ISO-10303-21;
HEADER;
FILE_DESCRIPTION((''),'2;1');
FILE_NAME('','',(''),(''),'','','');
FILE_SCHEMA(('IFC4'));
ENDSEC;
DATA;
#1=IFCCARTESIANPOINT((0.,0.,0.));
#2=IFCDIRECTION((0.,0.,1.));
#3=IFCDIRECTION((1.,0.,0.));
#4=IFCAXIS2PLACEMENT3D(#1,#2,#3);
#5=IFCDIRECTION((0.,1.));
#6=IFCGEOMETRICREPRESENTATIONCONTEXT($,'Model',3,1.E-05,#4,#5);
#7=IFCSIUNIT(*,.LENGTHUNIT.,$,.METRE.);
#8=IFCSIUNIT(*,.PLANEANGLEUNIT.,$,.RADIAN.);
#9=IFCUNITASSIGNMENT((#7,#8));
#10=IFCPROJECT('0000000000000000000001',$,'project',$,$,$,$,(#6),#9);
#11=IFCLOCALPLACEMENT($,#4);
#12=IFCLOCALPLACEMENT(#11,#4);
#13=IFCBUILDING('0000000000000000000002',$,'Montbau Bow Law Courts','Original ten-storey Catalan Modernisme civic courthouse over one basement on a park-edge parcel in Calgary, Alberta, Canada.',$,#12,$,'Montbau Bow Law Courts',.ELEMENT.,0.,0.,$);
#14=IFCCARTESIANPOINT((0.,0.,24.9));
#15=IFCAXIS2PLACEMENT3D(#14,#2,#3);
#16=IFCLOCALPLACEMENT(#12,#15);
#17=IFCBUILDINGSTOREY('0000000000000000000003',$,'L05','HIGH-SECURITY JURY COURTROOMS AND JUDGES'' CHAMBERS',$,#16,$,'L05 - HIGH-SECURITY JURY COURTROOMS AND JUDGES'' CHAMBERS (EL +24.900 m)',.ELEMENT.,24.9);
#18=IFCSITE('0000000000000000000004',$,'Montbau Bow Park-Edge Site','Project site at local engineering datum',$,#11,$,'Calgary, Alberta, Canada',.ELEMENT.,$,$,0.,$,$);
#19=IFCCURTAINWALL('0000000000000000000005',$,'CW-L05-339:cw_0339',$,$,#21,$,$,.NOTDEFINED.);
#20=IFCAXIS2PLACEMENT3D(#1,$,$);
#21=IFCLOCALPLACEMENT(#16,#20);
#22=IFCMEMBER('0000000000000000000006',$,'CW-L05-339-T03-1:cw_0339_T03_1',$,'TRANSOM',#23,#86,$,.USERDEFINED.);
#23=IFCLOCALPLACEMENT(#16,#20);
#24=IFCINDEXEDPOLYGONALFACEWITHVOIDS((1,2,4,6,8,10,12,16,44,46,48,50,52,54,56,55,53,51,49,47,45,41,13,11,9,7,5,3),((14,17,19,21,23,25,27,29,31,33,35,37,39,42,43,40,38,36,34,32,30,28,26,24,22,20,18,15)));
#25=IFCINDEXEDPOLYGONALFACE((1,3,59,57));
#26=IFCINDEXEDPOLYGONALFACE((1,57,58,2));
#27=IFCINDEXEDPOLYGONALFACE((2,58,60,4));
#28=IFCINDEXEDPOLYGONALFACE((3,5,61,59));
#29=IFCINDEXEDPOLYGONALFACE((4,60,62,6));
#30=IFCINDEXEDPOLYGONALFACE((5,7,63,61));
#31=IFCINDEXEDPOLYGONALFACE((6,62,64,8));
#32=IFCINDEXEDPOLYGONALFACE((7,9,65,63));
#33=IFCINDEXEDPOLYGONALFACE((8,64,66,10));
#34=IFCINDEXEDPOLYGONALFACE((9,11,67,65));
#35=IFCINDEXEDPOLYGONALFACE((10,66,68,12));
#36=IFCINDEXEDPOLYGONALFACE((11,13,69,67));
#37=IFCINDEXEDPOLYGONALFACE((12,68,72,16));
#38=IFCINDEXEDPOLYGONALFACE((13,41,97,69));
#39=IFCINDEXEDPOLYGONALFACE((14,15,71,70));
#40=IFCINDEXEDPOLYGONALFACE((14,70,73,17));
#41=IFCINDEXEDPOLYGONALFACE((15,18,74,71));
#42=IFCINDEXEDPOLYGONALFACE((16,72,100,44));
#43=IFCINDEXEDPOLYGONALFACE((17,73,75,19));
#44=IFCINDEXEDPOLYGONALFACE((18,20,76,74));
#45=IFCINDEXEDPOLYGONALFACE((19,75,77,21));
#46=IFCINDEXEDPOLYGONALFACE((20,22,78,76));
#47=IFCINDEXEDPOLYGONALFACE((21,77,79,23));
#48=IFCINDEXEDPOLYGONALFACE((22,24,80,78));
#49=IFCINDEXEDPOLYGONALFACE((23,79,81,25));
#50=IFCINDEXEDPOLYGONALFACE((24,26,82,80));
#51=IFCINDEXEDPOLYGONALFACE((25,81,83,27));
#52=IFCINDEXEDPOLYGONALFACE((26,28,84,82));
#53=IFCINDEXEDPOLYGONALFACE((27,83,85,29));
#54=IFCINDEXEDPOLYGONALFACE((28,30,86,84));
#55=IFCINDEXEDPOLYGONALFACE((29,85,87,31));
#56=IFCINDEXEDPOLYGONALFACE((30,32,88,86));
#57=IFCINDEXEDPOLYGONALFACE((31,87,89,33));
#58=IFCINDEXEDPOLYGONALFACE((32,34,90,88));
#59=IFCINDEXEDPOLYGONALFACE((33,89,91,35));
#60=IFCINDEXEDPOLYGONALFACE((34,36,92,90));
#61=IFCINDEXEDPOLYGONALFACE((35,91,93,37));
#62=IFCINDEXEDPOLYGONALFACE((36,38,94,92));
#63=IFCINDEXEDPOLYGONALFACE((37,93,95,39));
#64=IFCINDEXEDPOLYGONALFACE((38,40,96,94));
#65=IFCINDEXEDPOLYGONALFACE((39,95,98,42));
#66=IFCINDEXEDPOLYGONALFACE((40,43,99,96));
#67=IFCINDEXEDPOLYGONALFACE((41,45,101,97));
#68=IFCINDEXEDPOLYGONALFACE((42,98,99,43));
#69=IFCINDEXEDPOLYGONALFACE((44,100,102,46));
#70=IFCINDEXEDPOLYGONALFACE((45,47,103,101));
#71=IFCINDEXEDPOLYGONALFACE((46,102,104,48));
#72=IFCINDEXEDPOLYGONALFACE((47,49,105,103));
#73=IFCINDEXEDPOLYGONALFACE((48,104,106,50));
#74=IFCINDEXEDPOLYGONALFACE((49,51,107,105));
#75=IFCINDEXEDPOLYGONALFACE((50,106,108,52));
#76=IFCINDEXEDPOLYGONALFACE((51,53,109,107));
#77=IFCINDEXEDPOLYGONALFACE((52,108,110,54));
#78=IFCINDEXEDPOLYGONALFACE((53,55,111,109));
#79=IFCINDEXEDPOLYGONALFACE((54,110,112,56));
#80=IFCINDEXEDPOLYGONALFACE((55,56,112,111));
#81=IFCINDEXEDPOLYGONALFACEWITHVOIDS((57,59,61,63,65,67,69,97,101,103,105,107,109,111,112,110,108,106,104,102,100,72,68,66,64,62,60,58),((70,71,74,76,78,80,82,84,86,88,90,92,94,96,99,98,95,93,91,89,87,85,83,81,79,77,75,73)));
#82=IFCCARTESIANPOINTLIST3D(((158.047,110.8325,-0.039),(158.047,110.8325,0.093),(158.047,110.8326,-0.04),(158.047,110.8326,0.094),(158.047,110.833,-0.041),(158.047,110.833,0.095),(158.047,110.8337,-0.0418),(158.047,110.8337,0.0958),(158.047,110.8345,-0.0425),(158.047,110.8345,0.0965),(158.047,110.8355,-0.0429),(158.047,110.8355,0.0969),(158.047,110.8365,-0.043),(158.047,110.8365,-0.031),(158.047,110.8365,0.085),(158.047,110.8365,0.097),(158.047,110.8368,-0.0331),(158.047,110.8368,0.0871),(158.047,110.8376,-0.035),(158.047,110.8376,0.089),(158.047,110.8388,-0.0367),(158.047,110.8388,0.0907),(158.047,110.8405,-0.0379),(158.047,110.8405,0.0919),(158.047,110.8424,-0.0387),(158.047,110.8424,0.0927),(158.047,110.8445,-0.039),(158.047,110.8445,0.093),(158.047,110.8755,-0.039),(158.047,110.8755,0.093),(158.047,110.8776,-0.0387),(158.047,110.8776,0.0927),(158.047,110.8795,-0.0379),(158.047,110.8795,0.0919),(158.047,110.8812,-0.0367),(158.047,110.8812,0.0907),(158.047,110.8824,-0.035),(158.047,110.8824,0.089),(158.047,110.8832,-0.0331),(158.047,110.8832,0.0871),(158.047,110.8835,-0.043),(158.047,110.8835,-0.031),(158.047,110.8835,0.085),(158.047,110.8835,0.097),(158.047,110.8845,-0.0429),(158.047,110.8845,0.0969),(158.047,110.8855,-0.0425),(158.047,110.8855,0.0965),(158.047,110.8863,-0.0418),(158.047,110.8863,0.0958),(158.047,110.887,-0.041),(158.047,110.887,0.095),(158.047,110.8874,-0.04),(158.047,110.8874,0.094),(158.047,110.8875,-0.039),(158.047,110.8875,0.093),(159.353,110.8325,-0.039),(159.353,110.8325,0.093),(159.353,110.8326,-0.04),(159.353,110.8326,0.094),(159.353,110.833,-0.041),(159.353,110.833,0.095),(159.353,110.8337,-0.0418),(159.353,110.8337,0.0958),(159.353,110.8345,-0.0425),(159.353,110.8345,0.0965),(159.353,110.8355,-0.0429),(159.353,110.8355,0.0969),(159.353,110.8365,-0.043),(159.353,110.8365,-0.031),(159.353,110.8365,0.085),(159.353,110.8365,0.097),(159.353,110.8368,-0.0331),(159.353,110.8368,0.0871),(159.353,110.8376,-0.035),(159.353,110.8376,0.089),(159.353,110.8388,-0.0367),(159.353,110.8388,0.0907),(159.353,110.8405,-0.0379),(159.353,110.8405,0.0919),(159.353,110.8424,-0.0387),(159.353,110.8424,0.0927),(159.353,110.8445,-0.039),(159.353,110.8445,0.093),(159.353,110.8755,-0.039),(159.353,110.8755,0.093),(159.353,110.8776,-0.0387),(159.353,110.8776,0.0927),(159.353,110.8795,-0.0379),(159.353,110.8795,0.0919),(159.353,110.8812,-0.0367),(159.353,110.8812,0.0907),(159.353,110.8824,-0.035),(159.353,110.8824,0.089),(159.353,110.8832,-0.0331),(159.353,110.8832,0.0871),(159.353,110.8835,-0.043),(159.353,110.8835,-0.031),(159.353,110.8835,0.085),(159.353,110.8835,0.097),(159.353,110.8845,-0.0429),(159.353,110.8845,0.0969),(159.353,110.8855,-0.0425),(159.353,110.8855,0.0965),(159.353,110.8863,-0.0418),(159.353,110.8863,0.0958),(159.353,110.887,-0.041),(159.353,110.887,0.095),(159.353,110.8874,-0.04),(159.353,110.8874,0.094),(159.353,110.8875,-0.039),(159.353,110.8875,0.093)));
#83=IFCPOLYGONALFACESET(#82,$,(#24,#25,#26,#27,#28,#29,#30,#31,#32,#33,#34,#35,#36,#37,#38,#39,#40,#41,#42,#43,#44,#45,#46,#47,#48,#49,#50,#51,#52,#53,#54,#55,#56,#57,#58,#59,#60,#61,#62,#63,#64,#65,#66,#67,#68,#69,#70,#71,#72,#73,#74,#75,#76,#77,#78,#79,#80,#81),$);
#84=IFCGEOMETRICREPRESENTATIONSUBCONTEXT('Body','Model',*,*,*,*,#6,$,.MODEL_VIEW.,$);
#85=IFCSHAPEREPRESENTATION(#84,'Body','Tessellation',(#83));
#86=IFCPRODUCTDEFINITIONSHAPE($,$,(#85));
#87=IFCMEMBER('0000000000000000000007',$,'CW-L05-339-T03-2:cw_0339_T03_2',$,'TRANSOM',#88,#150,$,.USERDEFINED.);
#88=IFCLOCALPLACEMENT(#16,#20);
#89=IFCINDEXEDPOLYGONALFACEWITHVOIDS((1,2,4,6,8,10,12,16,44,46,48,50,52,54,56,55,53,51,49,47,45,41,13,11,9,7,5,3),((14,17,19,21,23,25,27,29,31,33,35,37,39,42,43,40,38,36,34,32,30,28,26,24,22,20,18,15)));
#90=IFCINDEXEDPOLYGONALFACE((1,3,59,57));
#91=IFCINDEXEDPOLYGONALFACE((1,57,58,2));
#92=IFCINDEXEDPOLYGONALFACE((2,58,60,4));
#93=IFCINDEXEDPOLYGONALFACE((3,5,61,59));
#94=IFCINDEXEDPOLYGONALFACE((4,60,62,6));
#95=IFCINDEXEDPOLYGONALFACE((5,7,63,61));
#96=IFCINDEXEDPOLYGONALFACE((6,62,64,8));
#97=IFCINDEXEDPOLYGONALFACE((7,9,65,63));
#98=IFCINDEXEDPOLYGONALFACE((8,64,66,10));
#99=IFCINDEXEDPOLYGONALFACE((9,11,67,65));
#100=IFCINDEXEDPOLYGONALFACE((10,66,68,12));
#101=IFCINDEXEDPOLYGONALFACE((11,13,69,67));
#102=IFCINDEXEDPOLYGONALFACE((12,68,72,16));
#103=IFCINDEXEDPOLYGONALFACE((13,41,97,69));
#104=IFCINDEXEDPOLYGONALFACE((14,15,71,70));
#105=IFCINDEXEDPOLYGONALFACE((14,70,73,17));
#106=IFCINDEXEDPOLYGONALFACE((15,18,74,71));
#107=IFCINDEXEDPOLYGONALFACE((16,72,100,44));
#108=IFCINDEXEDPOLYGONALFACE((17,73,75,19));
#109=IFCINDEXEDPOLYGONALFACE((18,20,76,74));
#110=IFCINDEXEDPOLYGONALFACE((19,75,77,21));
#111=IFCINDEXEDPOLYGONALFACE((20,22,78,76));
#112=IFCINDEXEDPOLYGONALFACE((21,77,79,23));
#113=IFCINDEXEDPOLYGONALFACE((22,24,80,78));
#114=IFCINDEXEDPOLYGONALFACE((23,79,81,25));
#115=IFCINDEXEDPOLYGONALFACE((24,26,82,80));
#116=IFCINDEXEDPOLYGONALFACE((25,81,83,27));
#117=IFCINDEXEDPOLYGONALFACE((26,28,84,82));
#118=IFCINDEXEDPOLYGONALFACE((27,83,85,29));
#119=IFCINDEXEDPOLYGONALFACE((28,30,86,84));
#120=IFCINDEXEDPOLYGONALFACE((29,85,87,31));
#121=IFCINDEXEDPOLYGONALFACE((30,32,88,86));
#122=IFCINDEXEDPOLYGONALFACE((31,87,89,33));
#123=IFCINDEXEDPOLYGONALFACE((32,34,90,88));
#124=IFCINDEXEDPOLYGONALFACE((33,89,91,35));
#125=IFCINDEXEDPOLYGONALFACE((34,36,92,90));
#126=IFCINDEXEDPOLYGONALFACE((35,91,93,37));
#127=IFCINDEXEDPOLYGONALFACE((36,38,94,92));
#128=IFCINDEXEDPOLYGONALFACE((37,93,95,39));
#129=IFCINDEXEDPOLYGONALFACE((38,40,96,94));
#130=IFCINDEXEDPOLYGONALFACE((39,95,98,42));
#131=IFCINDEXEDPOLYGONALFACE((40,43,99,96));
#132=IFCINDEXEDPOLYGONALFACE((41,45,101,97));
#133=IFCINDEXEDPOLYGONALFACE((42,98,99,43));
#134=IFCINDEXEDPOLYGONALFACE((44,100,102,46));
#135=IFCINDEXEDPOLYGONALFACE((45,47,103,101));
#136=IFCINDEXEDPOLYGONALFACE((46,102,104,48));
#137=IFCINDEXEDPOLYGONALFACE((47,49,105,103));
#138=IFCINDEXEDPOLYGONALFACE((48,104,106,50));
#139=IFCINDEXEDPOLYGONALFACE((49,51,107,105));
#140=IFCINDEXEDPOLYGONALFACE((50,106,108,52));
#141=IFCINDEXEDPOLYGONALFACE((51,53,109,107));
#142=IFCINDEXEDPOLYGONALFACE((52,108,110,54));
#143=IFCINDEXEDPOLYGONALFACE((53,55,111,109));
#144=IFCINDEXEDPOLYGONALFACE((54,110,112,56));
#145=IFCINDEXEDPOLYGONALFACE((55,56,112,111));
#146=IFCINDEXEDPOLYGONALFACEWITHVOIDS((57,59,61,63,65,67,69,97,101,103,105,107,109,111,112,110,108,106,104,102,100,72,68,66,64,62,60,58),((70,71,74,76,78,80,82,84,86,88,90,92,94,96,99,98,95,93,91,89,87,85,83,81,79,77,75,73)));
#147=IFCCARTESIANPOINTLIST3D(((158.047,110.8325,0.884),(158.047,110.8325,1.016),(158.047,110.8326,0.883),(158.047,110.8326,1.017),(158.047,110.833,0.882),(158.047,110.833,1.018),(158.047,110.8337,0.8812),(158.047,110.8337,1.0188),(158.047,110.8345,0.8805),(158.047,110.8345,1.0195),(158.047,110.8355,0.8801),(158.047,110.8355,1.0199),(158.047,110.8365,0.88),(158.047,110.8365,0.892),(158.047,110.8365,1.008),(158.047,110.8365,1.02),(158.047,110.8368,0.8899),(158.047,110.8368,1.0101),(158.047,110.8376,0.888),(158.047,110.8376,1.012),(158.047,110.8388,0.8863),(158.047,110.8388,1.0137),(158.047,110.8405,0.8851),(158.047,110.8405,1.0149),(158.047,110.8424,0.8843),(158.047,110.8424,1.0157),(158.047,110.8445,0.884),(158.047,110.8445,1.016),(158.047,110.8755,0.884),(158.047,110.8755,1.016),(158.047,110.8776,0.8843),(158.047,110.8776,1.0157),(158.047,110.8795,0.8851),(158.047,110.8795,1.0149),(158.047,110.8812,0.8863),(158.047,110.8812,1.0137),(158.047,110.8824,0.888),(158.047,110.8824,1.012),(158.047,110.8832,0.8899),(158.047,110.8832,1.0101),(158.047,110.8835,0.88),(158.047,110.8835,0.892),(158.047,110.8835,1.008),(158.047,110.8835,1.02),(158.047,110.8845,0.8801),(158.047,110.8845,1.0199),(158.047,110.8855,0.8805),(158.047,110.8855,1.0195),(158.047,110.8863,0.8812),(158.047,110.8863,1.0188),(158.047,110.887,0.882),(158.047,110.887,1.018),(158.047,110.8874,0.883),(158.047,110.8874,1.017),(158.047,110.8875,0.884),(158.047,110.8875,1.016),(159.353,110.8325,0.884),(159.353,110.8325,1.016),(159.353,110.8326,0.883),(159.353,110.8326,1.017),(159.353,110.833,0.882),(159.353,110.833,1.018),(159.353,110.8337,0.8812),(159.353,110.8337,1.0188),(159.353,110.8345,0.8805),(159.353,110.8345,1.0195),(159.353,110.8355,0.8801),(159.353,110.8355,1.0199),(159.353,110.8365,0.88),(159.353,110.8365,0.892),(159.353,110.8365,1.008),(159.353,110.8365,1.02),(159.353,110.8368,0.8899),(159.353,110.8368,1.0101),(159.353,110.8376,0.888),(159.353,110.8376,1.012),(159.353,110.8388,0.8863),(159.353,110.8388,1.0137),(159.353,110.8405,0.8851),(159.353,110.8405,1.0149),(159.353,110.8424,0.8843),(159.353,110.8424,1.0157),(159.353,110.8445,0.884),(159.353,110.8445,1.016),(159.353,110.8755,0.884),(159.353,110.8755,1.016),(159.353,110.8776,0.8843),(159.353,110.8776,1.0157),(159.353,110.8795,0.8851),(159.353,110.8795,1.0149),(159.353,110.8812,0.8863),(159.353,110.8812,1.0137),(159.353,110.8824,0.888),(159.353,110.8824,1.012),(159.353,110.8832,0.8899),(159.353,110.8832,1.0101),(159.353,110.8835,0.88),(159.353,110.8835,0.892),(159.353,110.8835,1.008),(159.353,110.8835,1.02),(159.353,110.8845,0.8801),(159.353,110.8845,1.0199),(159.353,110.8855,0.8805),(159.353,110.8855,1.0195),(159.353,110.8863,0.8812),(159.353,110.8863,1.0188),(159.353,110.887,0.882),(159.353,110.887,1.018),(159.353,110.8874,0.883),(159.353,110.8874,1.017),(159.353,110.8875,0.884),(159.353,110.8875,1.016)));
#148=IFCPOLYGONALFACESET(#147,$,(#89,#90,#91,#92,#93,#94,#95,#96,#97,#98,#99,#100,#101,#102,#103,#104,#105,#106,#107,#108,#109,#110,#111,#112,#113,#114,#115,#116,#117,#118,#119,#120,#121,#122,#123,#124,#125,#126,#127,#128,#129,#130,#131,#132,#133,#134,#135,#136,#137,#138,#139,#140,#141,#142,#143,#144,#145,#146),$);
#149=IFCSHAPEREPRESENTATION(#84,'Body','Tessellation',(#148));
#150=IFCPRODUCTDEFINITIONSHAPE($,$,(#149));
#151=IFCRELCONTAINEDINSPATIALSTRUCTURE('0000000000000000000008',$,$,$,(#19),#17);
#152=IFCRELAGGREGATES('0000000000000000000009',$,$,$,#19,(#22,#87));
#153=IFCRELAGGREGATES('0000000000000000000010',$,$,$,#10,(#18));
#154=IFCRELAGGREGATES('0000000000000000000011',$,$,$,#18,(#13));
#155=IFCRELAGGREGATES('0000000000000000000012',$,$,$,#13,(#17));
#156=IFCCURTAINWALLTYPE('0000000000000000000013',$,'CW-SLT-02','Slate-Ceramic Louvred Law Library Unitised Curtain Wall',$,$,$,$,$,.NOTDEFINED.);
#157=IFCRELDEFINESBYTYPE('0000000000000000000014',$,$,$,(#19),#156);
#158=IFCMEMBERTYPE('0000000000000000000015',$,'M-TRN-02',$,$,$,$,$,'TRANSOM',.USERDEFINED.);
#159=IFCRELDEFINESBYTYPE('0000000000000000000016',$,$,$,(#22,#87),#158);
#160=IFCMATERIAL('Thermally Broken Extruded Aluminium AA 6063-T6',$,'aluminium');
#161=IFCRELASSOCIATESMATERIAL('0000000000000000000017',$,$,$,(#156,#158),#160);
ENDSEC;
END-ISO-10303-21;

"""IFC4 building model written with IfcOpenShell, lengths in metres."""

from ifc_helpers import new_model, si_unit, direction, frame, origin_with_axes, origin_2d_with_axis, place, context, subcontext, project, spatial, hollow_rectangle, extrude, material, material_profile, profile_set, type_object, element, aggregate, save


model = new_model("IFC4")

# Units and contexts
model_context = context("Model", 3, precision=1e-05, world=origin_with_axes(), true_north=direction((0.0, 1.0)))
body_context = subcontext(model_context, "Body", "Model", "MODEL_VIEW")
ifc_project = project(units=[si_unit("LENGTHUNIT", "METRE"), si_unit("PLANEANGLEUNIT", "RADIAN")], contexts=[model_context])

# Site, building, storey
site_placement = place(None, origin_with_axes())
site = spatial("IfcSite", under=ifc_project, at=site_placement, Name="Montbau Bow Park-Edge Site", Description="Project site at local engineering datum", LongName="Calgary, Alberta, Canada", CompositionType="ELEMENT", RefElevation=0.0)
building_placement = place(site_placement, origin_with_axes())
building = spatial("IfcBuilding", under=site, at=building_placement, Name="Montbau Bow Law Courts", Description="Original ten-storey Catalan Modernisme civic courthouse over one basement on a park-edge parcel in Calgary, Alberta, Canada.", LongName="Montbau Bow Law Courts", CompositionType="ELEMENT", ElevationOfRefHeight=0.0, ElevationOfTerrain=0.0)
storey_placement = place(building_placement, frame((0.0, 0.0, 24.9), z_axis=(0.0, 0.0, 1.0), x_axis=(1.0, 0.0, 0.0)))
storey = spatial("IfcBuildingStorey", under=building, at=storey_placement, Name="L05", Description="HIGH-SECURITY JURY COURTROOMS AND JUDGES' CHAMBERS", LongName="L05 - HIGH-SECURITY JURY COURTROOMS AND JUDGES' CHAMBERS (EL +24.900 m)", CompositionType="ELEMENT", Elevation=24.9)

# Curtain wall, members
ifc_material_1 = material(Name="Thermally Broken Extruded Aluminium AA 6063-T6", Category="aluminium")
curtain_wall_type = type_object("IfcCurtainWallType", Name="CW-SLT-02", Description="Slate-Ceramic Louvred Law Library Unitised Curtain Wall", PredefinedType="NOTDEFINED", material=ifc_material_1)
curtain_wall_placement = place(None, frame((155.24, 110.86, 24.9), z_axis=(0.0, 0.0, 1.0), x_axis=(1.0, 0.0, 0.0)))
curtain_wall = element("IfcCurtainWall", 1, at=curtain_wall_placement, inside=storey, type_object=curtain_wall_type, Name="CW-L05-339:cw_0339", PredefinedType="NOTDEFINED")
ifc_material_profile_1 = material_profile(ifc_material_1, hollow_rectangle(XDim=0.055, YDim=0.14, WallThickness=0.004, InnerFilletRadius=0.008, OuterFilletRadius=0.004, at=origin_2d_with_axis()), Name="CWT-140X55", Category="Main", Priority=0)
ifc_profile_set_1 = profile_set([ifc_material_profile_1], Name="Thermally Broken Extruded Aluminium AA 6063-T6")
member_type_1 = type_object("IfcMemberType", Name="M-TRN-02", ElementType="TRANSOM", PredefinedType="USERDEFINED", material=ifc_profile_set_1)
member_1_placement = place(None, frame((158.047, 110.86, 24.927), z_axis=(1.0, 0.0, 0.0), x_axis=(0.0, 1.0, 0.0)))
member_1 = element("IfcMember", 2, at=member_1_placement, type_object=member_type_1, Name="CW-L05-339-T03-1:cw_0339_T03_1", ObjectType="TRANSOM", PredefinedType="USERDEFINED", context=body_context, shape_type="SweptSolid", body=[
    extrude(hollow_rectangle(XDim=0.055, YDim=0.14, WallThickness=0.004, InnerFilletRadius=0.008, OuterFilletRadius=0.004, at=origin_2d_with_axis()), origin_with_axes(), (0.0, 0.0, 1.0), 1.306),
])
member_2_placement = place(None, frame((158.047, 110.86, 25.85), z_axis=(1.0, 0.0, 0.0), x_axis=(0.0, 1.0, 0.0)))
member_2 = element("IfcMember", 3, at=member_2_placement, type_object=member_type_1, Name="CW-L05-339-T03-2:cw_0339_T03_2", ObjectType="TRANSOM", PredefinedType="USERDEFINED", context=body_context, shape_type="SweptSolid", body=[
    extrude(hollow_rectangle(XDim=0.055, YDim=0.14, WallThickness=0.004, InnerFilletRadius=0.008, OuterFilletRadius=0.004, at=origin_2d_with_axis()), origin_with_axes(), (0.0, 0.0, 1.0), 1.306),
])
aggregate(curtain_wall, [member_1, member_2])

save(model, "model.ifc")
